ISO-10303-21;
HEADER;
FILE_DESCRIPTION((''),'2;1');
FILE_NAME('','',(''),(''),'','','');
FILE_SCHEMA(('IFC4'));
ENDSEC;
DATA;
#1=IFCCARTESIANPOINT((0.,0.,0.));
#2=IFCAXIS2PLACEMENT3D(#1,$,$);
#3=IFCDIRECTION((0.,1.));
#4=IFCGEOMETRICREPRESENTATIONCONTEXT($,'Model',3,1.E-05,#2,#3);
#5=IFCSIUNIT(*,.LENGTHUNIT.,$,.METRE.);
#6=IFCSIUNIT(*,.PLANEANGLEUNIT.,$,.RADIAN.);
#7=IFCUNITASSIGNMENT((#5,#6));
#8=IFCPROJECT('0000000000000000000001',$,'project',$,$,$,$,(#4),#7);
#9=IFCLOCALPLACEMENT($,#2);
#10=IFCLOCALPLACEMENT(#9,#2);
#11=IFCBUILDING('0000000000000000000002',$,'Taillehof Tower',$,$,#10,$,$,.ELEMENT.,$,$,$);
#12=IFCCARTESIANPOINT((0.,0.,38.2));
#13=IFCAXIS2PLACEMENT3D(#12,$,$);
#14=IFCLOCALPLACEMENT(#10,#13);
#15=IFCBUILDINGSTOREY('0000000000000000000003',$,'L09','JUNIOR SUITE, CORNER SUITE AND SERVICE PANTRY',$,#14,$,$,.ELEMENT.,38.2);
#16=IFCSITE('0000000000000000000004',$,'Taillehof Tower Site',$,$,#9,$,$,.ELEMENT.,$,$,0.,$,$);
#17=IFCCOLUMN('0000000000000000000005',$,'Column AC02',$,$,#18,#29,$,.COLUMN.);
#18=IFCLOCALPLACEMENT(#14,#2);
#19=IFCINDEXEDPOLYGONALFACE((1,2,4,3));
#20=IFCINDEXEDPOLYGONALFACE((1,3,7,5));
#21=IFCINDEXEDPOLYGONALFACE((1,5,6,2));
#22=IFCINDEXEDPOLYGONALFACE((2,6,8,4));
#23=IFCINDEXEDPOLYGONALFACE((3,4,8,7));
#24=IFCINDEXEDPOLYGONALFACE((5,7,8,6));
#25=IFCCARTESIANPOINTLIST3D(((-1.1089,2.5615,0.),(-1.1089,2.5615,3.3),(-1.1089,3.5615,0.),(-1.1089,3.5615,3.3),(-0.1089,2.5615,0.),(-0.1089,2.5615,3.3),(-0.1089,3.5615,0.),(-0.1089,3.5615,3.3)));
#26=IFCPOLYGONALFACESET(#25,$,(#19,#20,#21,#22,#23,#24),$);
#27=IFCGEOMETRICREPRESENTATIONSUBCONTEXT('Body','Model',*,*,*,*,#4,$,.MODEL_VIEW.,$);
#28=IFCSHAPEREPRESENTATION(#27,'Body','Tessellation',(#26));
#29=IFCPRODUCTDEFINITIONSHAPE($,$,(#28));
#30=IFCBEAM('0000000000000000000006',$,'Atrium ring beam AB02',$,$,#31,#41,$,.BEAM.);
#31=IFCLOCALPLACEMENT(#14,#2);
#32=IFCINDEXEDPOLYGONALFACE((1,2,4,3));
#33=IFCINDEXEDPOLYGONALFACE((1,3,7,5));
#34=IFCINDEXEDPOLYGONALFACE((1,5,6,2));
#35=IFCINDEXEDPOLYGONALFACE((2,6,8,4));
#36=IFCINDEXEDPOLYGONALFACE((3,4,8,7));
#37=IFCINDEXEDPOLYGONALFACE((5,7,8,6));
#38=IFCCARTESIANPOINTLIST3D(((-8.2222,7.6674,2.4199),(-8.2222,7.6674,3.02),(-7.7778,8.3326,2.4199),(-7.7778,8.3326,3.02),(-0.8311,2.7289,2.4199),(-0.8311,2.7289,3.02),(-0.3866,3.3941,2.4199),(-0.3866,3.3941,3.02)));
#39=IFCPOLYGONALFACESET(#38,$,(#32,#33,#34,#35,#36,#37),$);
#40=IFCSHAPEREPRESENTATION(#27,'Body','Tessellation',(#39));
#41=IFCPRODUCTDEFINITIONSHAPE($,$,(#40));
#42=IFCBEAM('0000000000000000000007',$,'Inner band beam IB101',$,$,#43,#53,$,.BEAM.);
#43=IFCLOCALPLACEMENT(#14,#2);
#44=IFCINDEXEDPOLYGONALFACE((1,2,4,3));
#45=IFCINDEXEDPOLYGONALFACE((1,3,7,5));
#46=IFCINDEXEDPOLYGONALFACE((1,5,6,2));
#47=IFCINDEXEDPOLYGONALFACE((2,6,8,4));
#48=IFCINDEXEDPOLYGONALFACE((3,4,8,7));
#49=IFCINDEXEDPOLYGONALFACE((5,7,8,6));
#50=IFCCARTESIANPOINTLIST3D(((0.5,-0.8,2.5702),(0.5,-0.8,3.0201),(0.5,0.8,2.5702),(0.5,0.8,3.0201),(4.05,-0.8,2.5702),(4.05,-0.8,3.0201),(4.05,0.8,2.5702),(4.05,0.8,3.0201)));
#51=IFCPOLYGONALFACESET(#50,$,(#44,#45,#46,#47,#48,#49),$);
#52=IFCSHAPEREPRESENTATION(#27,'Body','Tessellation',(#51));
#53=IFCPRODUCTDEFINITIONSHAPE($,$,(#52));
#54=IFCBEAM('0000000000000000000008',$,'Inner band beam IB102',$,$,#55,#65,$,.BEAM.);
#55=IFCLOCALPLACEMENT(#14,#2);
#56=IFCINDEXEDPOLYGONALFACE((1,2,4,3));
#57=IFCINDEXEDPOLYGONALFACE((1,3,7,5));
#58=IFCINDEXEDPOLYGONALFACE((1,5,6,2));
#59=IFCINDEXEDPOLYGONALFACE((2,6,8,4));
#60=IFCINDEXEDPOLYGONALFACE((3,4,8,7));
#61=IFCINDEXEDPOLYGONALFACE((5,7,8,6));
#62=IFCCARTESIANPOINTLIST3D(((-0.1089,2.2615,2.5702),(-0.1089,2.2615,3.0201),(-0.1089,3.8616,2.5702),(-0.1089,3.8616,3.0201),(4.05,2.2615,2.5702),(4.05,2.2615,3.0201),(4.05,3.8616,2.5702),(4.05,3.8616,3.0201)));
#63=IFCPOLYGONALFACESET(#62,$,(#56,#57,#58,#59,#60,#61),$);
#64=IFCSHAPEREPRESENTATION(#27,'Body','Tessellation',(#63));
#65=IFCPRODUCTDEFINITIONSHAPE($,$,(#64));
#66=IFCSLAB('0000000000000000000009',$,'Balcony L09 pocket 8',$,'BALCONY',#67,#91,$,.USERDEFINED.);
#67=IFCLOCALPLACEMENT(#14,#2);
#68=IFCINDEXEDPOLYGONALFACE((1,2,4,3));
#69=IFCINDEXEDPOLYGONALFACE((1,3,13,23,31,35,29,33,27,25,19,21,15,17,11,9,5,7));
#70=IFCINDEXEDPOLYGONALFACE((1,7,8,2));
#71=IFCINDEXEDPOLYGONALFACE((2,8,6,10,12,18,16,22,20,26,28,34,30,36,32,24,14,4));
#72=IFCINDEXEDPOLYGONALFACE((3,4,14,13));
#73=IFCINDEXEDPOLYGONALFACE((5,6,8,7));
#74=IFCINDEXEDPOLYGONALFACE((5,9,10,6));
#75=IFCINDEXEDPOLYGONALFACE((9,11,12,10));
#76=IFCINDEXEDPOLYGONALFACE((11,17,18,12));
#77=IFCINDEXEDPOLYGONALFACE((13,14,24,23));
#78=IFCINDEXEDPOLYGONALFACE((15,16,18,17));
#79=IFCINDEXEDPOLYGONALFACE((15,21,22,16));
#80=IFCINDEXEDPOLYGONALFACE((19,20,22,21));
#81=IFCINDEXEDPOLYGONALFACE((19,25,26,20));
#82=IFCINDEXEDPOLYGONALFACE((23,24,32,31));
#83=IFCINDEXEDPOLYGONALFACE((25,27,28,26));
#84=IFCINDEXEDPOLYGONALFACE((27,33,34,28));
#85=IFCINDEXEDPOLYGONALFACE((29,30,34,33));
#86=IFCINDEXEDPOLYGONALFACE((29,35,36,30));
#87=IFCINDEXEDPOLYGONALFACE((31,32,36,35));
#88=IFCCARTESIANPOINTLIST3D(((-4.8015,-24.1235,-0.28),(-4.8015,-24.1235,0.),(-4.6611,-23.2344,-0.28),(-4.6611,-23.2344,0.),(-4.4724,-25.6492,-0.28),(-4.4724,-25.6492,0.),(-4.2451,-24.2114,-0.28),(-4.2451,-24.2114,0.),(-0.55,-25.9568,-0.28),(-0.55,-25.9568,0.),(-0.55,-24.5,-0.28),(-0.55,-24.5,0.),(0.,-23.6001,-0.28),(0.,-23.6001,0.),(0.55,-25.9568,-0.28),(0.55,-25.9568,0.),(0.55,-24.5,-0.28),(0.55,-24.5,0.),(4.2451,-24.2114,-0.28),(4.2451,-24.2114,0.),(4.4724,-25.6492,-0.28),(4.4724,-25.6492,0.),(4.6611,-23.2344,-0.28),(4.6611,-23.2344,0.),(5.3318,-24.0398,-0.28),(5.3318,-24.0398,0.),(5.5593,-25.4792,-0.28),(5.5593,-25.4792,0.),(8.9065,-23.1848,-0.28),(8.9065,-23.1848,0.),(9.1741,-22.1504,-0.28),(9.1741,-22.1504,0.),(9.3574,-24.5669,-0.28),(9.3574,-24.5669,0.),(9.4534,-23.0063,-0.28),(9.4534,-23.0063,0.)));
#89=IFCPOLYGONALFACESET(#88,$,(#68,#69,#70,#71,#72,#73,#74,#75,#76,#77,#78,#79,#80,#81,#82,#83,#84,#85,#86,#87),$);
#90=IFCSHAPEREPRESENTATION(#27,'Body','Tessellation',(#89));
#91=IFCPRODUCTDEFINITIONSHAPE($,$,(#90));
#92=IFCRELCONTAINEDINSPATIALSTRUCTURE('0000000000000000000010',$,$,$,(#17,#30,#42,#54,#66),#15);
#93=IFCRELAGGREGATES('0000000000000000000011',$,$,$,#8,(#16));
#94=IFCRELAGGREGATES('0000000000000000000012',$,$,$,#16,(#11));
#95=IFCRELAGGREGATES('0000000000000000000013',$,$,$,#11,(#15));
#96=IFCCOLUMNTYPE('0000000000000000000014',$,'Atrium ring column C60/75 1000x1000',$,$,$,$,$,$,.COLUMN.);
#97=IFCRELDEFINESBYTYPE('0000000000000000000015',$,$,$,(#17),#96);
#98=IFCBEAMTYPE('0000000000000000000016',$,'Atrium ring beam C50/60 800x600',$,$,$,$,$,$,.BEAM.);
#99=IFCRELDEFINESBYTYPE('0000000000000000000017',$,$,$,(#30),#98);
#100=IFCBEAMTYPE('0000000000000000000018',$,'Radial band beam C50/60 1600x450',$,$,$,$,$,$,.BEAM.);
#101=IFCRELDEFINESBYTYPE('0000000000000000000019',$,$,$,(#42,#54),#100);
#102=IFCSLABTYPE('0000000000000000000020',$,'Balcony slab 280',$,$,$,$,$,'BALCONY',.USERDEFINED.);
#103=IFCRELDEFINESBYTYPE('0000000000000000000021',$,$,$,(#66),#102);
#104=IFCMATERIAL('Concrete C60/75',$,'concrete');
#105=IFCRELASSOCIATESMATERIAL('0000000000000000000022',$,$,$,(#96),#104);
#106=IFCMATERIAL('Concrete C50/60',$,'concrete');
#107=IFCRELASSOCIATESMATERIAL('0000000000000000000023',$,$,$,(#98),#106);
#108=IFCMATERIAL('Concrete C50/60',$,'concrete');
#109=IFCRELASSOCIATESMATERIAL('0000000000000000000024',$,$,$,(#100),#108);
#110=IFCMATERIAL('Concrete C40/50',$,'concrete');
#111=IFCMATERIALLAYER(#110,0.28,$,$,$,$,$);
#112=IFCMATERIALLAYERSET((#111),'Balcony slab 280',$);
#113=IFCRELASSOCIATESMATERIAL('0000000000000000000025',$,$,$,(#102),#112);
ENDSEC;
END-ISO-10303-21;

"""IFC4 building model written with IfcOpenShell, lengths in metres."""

from ifc_helpers import new_model, si_unit, direction, frame, origin, origin_2d, place, context, subcontext, project, spatial, polyline, rectangle, outline, extrude, material, layer, layer_set, material_profile, profile_set, type_object, element, save


model = new_model("IFC4")

# Units and contexts
model_context = context("Model", 3, precision=1e-05, world=origin(), true_north=direction((0.0, 1.0)))
body_context = subcontext(model_context, "Body", "Model", "MODEL_VIEW")
ifc_project = project(units=[si_unit("LENGTHUNIT", "METRE"), si_unit("PLANEANGLEUNIT", "RADIAN")], contexts=[model_context])

# Site, building, storey
site_placement = place(None, origin())
site = spatial("IfcSite", under=ifc_project, at=site_placement, Name="Taillehof Tower Site", CompositionType="ELEMENT", RefElevation=0.0)
building_placement = place(site_placement, origin())
building = spatial("IfcBuilding", under=site, at=building_placement, Name="Taillehof Tower", CompositionType="ELEMENT")
storey_placement = place(building_placement, frame((0.0, 0.0, 38.2)))
storey = spatial("IfcBuildingStorey", under=building, at=storey_placement, Name="L09", Description="JUNIOR SUITE, CORNER SUITE AND SERVICE PANTRY", CompositionType="ELEMENT", Elevation=38.2)

# Column
ifc_material_1 = material(Name="Concrete C60/75", Category="concrete")
ifc_material_profile_1 = material_profile(ifc_material_1, rectangle(XDim=1.0, YDim=1.0, at=origin_2d()), Name="RC 1000x1000")
ifc_profile_set_1 = profile_set([ifc_material_profile_1], Name="Concrete C60/75")
column_type = type_object("IfcColumnType", Name="Atrium ring column C60/75 1000x1000", PredefinedType="COLUMN", material=ifc_profile_set_1)
column_placement = place(storey_placement, frame((-0.6089, 3.0615, 0.0), z_axis=(0.0, 0.0, 1.0), x_axis=(1.0, 0.0, 0.0)))
element("IfcColumn", 1, at=column_placement, inside=storey, type_object=column_type, Name="Column AC02", PredefinedType="COLUMN", context=body_context, shape_type="SweptSolid", body=[
    extrude(rectangle(XDim=1.0, YDim=1.0, at=origin_2d()), origin(), (0.0, 0.0, 1.0), 3.3),
])

# Beams
ifc_material_2 = material(Name="Concrete C50/60", Category="concrete")
ifc_material_profile_2 = material_profile(ifc_material_2, rectangle(XDim=0.8, YDim=0.6001, at=origin_2d()), Name="RC 800x600")
ifc_profile_set_2 = profile_set([ifc_material_profile_2], Name="Concrete C50/60")
beam_type_1 = type_object("IfcBeamType", Name="Atrium ring beam C50/60 800x600", PredefinedType="BEAM", material=ifc_profile_set_2)
beam_1_placement = place(storey_placement, frame((-0.6089, 3.0615, 2.72), z_axis=(-0.831475, 0.555562, 0.0), x_axis=(-0.555562, -0.831475, 0.0)))
element("IfcBeam", 2, at=beam_1_placement, inside=storey, type_object=beam_type_1, Name="Atrium ring beam AB02", PredefinedType="BEAM", context=body_context, shape_type="SweptSolid", body=[
    extrude(rectangle(XDim=0.8, YDim=0.6001, at=origin_2d()), origin(), (0.0, 0.0, 1.0), 8.8892),
])
ifc_material_3 = material(Name="Concrete C50/60", Category="concrete")
ifc_material_profile_3 = material_profile(ifc_material_3, rectangle(XDim=1.6001, YDim=0.45, at=origin_2d()), Name="RC 1600x450")
ifc_profile_set_3 = profile_set([ifc_material_profile_3], Name="Concrete C50/60")
beam_type_2 = type_object("IfcBeamType", Name="Radial band beam C50/60 1600x450", PredefinedType="BEAM", material=ifc_profile_set_3)
beam_2_placement = place(storey_placement, frame((0.5, 0.0, 2.7952), z_axis=(1.0, 0.0, 0.0), x_axis=(0.0, 1.0, 0.0)))
element("IfcBeam", 3, at=beam_2_placement, inside=storey, type_object=beam_type_2, Name="Inner band beam IB101", PredefinedType="BEAM", context=body_context, shape_type="SweptSolid", body=[
    extrude(rectangle(XDim=1.6001, YDim=0.45, at=origin_2d()), origin(), (0.0, 0.0, 1.0), 3.55),
])
beam_3_placement = place(storey_placement, frame((-0.1089, 3.0615, 2.7952), z_axis=(1.0, 0.0, 0.0), x_axis=(0.0, 1.0, 0.0)))
element("IfcBeam", 4, at=beam_3_placement, inside=storey, type_object=beam_type_2, Name="Inner band beam IB102", PredefinedType="BEAM", context=body_context, shape_type="SweptSolid", body=[
    extrude(rectangle(XDim=1.6001, YDim=0.45, at=origin_2d()), origin(), (0.0, 0.0, 1.0), 4.1589),
])

# Slab
ifc_material_4 = material(Name="Concrete C40/50", Category="concrete")
ifc_layer_1 = layer(ifc_material_4, 0.28)
ifc_layer_set_1 = layer_set([ifc_layer_1], Name="Balcony slab 280")
slab_type_1 = type_object("IfcSlabType", Name="Balcony slab 280", ElementType="BALCONY", PredefinedType="USERDEFINED", material=ifc_layer_set_1)
slab_1_placement = place(storey_placement, frame((0.0, 0.0, -0.28)))
element("IfcSlab", 5, at=slab_1_placement, inside=storey, type_object=slab_type_1, Name="Balcony L09 pocket 8", ObjectType="BALCONY", PredefinedType="USERDEFINED", context=body_context, shape_type="SweptSolid", body=[
    extrude(outline(polyline([(9.1741, -22.1504), (9.4534, -23.0063), (8.9065, -23.1848), (9.3574, -24.5669), (5.5593, -25.4792), (5.3318, -24.0398), (4.2451, -24.2114), (4.4724, -25.6492), (0.55, -25.9568), (0.55, -24.5), (-0.55, -24.5), (-0.55, -25.9568), (-4.4724, -25.6492), (-4.2451, -24.2114), (-4.8015, -24.1235), (-4.6611, -23.2344), (0.0, -23.6001), (4.6611, -23.2344), (9.1741, -22.1504)])), origin(), (0.0, 0.0, 1.0), 0.28),
])

save(model, "model.ifc")
